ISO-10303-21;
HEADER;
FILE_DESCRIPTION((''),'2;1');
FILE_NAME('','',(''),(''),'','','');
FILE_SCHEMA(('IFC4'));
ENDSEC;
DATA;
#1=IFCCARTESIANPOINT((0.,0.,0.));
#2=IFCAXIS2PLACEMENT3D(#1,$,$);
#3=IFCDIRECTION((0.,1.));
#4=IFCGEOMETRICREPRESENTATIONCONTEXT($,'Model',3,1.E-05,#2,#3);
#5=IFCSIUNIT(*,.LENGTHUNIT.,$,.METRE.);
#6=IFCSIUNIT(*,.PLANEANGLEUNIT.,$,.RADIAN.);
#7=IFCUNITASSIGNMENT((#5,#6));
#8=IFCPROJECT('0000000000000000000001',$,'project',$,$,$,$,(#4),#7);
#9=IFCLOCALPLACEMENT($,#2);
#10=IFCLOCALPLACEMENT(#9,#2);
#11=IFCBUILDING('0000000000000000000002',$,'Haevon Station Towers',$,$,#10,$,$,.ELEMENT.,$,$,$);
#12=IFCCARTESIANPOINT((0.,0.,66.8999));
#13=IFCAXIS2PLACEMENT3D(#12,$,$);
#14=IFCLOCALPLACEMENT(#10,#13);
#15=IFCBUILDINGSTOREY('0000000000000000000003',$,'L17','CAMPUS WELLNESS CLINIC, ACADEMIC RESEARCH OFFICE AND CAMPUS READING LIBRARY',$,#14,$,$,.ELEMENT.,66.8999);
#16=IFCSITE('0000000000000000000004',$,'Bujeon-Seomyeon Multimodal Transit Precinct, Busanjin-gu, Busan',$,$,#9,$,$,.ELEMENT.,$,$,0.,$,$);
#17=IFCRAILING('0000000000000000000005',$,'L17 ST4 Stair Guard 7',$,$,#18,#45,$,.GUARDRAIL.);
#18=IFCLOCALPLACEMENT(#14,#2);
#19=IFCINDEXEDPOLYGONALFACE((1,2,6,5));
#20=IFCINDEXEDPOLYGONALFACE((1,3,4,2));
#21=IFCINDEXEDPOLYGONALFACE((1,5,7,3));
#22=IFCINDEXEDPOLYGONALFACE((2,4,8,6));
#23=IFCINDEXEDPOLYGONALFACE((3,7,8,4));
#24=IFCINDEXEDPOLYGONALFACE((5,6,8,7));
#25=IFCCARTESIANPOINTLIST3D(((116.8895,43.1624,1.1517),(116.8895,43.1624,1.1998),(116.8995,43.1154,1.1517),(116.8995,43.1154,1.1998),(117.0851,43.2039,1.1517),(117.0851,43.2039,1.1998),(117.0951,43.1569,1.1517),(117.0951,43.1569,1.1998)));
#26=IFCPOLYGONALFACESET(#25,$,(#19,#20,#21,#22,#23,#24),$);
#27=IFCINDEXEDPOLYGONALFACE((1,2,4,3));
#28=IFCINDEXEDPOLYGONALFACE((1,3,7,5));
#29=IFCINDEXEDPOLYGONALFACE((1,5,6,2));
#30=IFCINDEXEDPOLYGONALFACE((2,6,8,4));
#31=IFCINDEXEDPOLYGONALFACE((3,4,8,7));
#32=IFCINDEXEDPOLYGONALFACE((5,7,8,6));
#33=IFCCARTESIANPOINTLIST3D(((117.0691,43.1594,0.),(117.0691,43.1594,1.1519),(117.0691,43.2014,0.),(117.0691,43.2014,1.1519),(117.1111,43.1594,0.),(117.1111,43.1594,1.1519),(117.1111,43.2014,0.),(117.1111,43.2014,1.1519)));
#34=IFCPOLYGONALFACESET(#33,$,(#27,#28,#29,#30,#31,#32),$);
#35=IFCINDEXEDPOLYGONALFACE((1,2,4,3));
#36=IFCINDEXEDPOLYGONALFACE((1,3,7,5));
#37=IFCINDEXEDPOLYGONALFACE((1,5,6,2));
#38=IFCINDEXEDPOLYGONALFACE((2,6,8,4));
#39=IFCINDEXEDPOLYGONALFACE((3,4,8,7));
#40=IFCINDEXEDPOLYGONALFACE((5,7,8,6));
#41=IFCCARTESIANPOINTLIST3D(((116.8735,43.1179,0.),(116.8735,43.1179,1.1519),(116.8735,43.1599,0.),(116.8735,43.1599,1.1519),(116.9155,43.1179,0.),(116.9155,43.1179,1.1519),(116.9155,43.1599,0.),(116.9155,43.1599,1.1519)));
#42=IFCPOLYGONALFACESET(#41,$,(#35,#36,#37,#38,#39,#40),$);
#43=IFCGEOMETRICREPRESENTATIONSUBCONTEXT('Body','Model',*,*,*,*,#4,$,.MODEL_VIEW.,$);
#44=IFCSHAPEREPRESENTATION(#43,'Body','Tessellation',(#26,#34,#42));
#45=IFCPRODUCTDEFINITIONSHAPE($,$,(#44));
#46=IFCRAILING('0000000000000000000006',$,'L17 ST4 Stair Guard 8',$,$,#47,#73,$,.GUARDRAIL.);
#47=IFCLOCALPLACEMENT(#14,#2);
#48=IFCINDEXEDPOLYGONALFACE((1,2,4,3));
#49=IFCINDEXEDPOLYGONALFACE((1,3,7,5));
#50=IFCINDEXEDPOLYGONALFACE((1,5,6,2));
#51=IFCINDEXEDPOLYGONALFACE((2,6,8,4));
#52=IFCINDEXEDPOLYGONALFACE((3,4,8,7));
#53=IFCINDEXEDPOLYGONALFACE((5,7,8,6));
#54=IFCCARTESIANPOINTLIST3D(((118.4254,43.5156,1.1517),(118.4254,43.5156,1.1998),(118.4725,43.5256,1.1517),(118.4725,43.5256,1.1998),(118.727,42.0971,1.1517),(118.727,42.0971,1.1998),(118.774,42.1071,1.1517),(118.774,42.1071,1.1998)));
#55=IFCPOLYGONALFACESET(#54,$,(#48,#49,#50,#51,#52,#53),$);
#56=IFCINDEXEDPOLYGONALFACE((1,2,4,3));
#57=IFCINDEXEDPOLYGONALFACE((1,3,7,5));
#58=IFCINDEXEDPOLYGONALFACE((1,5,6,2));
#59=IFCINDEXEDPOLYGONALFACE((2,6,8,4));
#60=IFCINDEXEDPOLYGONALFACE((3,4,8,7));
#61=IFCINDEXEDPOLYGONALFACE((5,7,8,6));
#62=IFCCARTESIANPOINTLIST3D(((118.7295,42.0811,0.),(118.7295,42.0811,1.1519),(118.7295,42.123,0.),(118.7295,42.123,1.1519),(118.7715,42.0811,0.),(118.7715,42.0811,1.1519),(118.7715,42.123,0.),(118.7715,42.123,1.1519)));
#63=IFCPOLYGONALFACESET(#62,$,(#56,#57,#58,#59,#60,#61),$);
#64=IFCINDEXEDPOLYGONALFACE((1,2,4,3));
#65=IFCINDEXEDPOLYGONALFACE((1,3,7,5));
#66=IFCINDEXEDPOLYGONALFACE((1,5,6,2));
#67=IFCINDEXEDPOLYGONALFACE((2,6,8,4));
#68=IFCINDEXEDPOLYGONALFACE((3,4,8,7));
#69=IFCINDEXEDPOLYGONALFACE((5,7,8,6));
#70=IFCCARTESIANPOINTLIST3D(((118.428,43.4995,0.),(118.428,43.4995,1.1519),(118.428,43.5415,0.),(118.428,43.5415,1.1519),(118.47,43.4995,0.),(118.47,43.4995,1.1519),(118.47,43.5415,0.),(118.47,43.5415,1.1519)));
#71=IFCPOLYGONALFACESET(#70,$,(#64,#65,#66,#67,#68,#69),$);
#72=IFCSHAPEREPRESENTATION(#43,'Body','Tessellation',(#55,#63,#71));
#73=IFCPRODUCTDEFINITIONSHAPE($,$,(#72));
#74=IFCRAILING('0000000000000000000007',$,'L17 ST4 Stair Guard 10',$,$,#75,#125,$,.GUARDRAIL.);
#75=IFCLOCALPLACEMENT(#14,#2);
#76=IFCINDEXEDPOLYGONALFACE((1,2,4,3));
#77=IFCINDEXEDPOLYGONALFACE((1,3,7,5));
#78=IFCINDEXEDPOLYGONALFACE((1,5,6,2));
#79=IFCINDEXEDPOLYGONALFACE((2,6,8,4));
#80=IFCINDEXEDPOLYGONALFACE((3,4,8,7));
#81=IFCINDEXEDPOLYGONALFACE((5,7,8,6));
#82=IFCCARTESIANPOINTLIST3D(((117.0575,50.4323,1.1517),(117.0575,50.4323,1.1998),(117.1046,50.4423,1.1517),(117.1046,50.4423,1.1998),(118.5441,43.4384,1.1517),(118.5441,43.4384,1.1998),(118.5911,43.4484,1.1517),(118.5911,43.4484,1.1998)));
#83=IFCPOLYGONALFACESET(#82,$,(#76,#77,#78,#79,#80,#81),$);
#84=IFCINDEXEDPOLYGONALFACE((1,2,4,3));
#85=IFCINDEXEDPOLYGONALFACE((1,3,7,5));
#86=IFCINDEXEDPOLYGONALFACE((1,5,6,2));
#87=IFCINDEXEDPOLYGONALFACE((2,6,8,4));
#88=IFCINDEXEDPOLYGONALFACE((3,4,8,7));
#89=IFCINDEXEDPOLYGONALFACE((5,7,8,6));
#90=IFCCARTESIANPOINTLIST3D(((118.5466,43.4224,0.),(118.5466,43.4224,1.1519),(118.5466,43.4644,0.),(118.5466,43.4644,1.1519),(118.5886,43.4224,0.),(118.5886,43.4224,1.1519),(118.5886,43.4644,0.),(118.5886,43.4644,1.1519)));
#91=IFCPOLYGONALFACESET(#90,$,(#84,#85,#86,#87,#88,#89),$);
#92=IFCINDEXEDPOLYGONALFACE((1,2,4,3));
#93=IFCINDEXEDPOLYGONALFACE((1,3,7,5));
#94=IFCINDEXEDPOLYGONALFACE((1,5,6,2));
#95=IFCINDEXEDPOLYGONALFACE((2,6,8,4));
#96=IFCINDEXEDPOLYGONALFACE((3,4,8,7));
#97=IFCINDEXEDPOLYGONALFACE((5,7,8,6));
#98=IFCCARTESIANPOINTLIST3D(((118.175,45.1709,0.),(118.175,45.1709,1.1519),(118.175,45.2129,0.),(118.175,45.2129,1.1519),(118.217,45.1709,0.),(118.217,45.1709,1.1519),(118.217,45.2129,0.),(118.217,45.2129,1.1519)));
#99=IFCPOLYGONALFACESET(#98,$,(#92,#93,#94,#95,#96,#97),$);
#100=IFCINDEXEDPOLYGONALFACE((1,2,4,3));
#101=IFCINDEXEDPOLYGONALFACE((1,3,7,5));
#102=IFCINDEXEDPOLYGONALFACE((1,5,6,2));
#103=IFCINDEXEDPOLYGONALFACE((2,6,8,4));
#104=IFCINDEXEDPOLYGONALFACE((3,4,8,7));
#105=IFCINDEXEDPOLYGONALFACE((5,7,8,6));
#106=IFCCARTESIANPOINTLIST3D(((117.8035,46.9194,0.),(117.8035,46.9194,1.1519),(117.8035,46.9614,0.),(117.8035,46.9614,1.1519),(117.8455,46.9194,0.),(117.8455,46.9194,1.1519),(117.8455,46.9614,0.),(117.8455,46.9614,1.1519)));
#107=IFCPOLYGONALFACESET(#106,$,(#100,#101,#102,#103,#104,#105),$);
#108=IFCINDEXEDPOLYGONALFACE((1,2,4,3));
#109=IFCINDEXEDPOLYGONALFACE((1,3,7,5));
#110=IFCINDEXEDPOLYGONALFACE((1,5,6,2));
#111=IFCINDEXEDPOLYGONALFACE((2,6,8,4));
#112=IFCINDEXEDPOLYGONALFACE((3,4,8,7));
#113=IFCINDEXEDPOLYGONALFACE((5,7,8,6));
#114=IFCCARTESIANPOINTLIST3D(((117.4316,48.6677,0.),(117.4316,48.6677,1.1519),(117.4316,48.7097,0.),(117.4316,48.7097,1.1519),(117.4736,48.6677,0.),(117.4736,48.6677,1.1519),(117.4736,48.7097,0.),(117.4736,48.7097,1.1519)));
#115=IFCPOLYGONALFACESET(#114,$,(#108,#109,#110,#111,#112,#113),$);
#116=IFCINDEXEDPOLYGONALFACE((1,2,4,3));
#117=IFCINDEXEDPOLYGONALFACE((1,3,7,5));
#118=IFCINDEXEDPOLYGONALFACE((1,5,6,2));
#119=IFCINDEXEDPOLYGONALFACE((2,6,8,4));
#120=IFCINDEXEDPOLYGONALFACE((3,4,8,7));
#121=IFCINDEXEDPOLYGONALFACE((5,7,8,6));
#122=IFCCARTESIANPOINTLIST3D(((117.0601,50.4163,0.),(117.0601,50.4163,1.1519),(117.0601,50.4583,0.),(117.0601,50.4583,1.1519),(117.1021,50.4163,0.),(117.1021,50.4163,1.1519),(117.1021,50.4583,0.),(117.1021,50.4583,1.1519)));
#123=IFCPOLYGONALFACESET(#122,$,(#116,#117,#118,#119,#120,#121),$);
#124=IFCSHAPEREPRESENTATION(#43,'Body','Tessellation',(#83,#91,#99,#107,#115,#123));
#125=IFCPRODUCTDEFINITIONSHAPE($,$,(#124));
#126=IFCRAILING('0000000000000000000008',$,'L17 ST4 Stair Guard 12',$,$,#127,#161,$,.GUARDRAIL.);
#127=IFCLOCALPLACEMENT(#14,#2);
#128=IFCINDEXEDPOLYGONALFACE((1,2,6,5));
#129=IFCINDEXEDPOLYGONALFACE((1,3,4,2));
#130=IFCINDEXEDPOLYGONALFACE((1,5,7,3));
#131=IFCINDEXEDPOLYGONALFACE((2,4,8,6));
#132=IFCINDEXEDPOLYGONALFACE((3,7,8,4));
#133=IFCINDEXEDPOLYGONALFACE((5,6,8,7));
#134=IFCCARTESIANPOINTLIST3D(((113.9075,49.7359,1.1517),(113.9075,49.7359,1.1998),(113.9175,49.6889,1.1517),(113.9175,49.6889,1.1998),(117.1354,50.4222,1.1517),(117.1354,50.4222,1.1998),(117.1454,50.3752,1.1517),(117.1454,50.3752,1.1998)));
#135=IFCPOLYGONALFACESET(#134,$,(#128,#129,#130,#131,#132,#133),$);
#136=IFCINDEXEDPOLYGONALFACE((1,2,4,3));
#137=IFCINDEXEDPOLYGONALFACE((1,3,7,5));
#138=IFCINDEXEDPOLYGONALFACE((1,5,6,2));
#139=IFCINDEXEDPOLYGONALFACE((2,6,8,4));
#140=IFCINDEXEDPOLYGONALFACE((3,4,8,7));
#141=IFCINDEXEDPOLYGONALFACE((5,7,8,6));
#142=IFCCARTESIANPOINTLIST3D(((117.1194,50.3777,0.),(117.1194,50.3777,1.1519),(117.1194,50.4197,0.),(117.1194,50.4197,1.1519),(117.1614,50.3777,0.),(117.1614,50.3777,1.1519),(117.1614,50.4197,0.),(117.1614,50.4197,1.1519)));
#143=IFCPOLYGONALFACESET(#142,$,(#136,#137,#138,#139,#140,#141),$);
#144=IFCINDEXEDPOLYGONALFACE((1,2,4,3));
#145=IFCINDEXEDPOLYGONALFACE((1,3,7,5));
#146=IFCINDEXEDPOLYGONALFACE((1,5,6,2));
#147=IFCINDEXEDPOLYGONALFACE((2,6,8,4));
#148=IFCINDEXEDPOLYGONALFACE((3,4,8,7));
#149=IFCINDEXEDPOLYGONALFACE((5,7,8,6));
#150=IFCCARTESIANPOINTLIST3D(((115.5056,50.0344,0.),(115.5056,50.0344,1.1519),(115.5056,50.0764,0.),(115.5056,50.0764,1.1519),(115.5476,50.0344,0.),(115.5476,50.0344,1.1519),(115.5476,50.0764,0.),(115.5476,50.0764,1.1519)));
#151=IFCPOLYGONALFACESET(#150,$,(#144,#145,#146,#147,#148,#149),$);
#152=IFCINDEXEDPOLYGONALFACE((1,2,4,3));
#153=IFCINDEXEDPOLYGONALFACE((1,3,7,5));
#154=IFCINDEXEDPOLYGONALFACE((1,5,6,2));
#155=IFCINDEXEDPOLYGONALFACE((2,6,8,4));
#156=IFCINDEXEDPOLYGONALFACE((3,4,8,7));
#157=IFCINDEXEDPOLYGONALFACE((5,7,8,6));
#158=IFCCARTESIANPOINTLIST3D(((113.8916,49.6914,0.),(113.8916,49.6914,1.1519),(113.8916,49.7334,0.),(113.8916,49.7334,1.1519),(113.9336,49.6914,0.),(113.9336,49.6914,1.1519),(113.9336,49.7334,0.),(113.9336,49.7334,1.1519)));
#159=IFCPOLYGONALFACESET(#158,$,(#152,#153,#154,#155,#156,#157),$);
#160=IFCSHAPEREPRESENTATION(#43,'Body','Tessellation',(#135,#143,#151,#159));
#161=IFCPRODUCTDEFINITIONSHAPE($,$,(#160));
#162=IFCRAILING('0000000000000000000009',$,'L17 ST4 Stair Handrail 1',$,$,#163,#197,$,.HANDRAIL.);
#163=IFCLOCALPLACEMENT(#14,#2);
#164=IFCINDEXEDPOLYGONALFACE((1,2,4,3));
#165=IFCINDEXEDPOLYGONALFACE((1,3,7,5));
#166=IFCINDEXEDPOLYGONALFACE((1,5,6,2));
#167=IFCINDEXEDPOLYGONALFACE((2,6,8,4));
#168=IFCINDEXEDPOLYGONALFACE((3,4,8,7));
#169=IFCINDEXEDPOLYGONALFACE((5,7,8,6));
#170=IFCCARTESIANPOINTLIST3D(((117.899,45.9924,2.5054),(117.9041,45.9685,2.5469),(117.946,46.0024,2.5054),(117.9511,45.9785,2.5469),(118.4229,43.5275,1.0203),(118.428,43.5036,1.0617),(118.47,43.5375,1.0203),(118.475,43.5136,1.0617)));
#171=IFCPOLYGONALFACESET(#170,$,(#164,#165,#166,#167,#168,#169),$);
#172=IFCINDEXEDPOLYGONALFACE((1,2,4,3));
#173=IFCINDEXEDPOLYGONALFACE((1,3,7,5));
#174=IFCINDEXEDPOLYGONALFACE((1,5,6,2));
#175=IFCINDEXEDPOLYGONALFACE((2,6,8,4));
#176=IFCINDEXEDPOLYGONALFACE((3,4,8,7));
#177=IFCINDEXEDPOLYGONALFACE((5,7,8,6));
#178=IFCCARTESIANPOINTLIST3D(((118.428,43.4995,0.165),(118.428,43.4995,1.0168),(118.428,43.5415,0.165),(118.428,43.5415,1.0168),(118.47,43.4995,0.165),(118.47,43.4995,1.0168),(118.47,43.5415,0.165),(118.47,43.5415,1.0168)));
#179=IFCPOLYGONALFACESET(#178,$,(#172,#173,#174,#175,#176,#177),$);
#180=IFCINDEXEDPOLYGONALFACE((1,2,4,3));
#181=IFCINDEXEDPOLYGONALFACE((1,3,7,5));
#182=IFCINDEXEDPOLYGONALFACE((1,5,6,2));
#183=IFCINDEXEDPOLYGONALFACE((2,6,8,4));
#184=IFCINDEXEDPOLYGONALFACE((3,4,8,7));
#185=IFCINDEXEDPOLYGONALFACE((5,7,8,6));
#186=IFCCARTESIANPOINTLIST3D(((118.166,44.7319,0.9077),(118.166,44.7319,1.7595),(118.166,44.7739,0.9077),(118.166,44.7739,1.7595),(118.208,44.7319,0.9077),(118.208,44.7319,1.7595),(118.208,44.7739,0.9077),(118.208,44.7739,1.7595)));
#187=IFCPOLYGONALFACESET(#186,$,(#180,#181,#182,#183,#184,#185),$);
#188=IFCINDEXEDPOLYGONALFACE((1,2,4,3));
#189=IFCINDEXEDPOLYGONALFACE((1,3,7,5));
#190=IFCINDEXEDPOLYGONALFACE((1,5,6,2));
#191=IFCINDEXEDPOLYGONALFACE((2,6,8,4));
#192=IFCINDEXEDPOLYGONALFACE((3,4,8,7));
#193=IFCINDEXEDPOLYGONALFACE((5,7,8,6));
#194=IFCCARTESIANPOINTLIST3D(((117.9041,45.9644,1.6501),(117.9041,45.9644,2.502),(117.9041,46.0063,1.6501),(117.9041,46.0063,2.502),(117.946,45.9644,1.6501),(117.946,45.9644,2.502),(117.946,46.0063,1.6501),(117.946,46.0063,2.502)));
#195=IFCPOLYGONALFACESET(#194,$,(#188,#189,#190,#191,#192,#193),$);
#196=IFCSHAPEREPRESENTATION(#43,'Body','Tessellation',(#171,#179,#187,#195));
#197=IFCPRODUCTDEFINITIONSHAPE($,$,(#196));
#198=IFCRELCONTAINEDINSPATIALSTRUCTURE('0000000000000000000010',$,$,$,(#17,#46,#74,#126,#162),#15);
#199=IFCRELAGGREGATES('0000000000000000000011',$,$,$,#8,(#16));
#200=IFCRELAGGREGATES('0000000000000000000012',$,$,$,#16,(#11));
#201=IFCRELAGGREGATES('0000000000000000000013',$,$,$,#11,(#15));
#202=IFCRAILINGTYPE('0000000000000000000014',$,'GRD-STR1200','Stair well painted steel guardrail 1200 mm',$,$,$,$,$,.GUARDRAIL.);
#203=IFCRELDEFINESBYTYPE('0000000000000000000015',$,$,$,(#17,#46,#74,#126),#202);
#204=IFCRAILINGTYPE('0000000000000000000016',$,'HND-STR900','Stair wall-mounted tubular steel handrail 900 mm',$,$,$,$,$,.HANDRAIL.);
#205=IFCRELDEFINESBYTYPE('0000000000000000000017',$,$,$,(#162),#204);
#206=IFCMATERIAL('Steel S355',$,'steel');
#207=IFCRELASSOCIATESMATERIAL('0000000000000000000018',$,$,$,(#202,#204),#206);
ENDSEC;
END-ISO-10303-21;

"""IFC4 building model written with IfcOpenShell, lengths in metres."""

from ifc_helpers import new_model, si_unit, direction, frame, origin, origin_2d, place, context, subcontext, project, spatial, rectangle, extrude, material, type_object, element, save


model = new_model("IFC4")

# Units and contexts
model_context = context("Model", 3, precision=1e-05, world=origin(), true_north=direction((0.0, 1.0)))
body_context = subcontext(model_context, "Body", "Model", "MODEL_VIEW")
ifc_project = project(units=[si_unit("LENGTHUNIT", "METRE"), si_unit("PLANEANGLEUNIT", "RADIAN")], contexts=[model_context])

# Site, building, storey
site_placement = place(None, origin())
site = spatial("IfcSite", under=ifc_project, at=site_placement, Name="Bujeon-Seomyeon Multimodal Transit Precinct, Busanjin-gu, Busan", CompositionType="ELEMENT", RefElevation=0.0)
building_placement = place(site_placement, origin())
building = spatial("IfcBuilding", under=site, at=building_placement, Name="Haevon Station Towers", CompositionType="ELEMENT")
storey_placement = place(building_placement, frame((0.0, 0.0, 66.8999)))
storey = spatial("IfcBuildingStorey", under=building, at=storey_placement, Name="L17", Description="CAMPUS WELLNESS CLINIC, ACADEMIC RESEARCH OFFICE AND CAMPUS READING LIBRARY", CompositionType="ELEMENT", Elevation=66.8999)

# Shared definitions
ifc_material_1 = material(Name="Steel S355", Category="steel")

# Railings
railing_type_1 = type_object("IfcRailingType", Name="GRD-STR1200", Description="Stair well painted steel guardrail 1200 mm", PredefinedType="GUARDRAIL", material=ifc_material_1)
railing_1_placement = place(storey_placement, frame((117.0901, 43.1804, 0.0)))
element("IfcRailing", 1, at=railing_1_placement, inside=storey, type_object=railing_type_1, Name="L17 ST4 Stair Guard 7", PredefinedType="GUARDRAIL", context=body_context, shape_type="SweptSolid", body=[
    extrude(rectangle(XDim=0.0481, YDim=0.0481, at=origin_2d()), frame((0.0, 0.0, 1.1758), z_axis=(-0.978212, -0.20761, 0.0), x_axis=(0.20761, -0.978212, 0.0)), (0.0, 0.0, 1.0), 0.2),
    extrude(rectangle(XDim=0.042, YDim=0.042, at=origin_2d()), origin(), (0.0, 0.0, 1.0), 1.1519),
    extrude(rectangle(XDim=0.042, YDim=0.042, at=origin_2d()), frame((-0.1956, -0.0415, 0.0)), (0.0, 0.0, 1.0), 1.1519),
])
railing_2_placement = place(storey_placement, frame((118.7505, 42.1021, 0.0)))
element("IfcRailing", 2, at=railing_2_placement, inside=storey, type_object=railing_type_1, Name="L17 ST4 Stair Guard 8", PredefinedType="GUARDRAIL", context=body_context, shape_type="SweptSolid", body=[
    extrude(rectangle(XDim=0.0481, YDim=0.0481, at=origin_2d()), frame((0.0, 0.0, 1.1758), z_axis=(-0.207919, 0.978146, 0.0), x_axis=(-0.978146, -0.207919, 0.0)), (0.0, 0.0, 1.0), 1.4502),
    extrude(rectangle(XDim=0.042, YDim=0.042, at=origin_2d()), origin(), (0.0, 0.0, 1.0), 1.1519),
    extrude(rectangle(XDim=0.042, YDim=0.042, at=origin_2d()), frame((-0.3015, 1.4185, 0.0)), (0.0, 0.0, 1.0), 1.1519),
])
railing_3_placement = place(storey_placement, frame((118.5676, 43.4434, 0.0)))
element("IfcRailing", 3, at=railing_3_placement, inside=storey, type_object=railing_type_1, Name="L17 ST4 Stair Guard 10", PredefinedType="GUARDRAIL", context=body_context, shape_type="SweptSolid", body=[
    extrude(rectangle(XDim=0.0481, YDim=0.0481, at=origin_2d()), frame((0.0, 0.0, 1.1758), z_axis=(-0.207908, 0.978148, 0.0), x_axis=(-0.978148, -0.207908, 0.0)), (0.0, 0.0, 1.0), 7.1501),
    extrude(rectangle(XDim=0.042, YDim=0.042, at=origin_2d()), origin(), (0.0, 0.0, 1.0), 1.1519),
    extrude(rectangle(XDim=0.042, YDim=0.042, at=origin_2d()), frame((-0.3716, 1.7485, 0.0)), (0.0, 0.0, 1.0), 1.1519),
    extrude(rectangle(XDim=0.042, YDim=0.042, at=origin_2d()), frame((-0.7432, 3.4971, 0.0)), (0.0, 0.0, 1.0), 1.1519),
    extrude(rectangle(XDim=0.042, YDim=0.042, at=origin_2d()), frame((-1.115, 5.2454, 0.0)), (0.0, 0.0, 1.0), 1.1519),
    extrude(rectangle(XDim=0.042, YDim=0.042, at=origin_2d()), frame((-1.4866, 6.9939, 0.0)), (0.0, 0.0, 1.0), 1.1519),
])
railing_4_placement = place(storey_placement, frame((117.1404, 50.3987, 0.0)))
element("IfcRailing", 4, at=railing_4_placement, inside=storey, type_object=railing_type_1, Name="L17 ST4 Stair Guard 12", PredefinedType="GUARDRAIL", context=body_context, shape_type="SweptSolid", body=[
    extrude(rectangle(XDim=0.0481, YDim=0.0481, at=origin_2d()), frame((0.0, 0.0, 1.1758), z_axis=(-0.978136, -0.207968, 0.0), x_axis=(0.207968, -0.978136, 0.0)), (0.0, 0.0, 1.0), 3.3),
    extrude(rectangle(XDim=0.042, YDim=0.042, at=origin_2d()), origin(), (0.0, 0.0, 1.0), 1.1519),
    extrude(rectangle(XDim=0.042, YDim=0.042, at=origin_2d()), frame((-1.6138, -0.3433, 0.0)), (0.0, 0.0, 1.0), 1.1519),
    extrude(rectangle(XDim=0.042, YDim=0.042, at=origin_2d()), frame((-3.2278, -0.6863, 0.0)), (0.0, 0.0, 1.0), 1.1519),
])
railing_type_2 = type_object("IfcRailingType", Name="HND-STR900", Description="Stair wall-mounted tubular steel handrail 900 mm", PredefinedType="HANDRAIL", material=ifc_material_1)
railing_5_placement = place(storey_placement, frame((118.449, 43.5205, 0.165)))
element("IfcRailing", 5, at=railing_5_placement, inside=storey, type_object=railing_type_2, Name="L17 ST4 Stair Handrail 1", PredefinedType="HANDRAIL", context=body_context, shape_type="SweptSolid", body=[
    extrude(rectangle(XDim=0.0481, YDim=0.0481, at=origin_2d()), frame((0.0, 0.0, 0.876), z_axis=(-0.179121, 0.842688, 0.507733), x_axis=(-0.978147, -0.207914, 0.0)), (0.0, 0.0, 1.0), 2.925),
    extrude(rectangle(XDim=0.042, YDim=0.042, at=origin_2d()), origin(), (0.0, 0.0, 1.0), 0.8518),
    extrude(rectangle(XDim=0.042, YDim=0.042, at=origin_2d()), frame((-0.262, 1.2324, 0.7427)), (0.0, 0.0, 1.0), 0.8518),
    extrude(rectangle(XDim=0.042, YDim=0.042, at=origin_2d()), frame((-0.5239, 2.4648, 1.4851)), (0.0, 0.0, 1.0), 0.8518),
])

save(model, "model.ifc")
